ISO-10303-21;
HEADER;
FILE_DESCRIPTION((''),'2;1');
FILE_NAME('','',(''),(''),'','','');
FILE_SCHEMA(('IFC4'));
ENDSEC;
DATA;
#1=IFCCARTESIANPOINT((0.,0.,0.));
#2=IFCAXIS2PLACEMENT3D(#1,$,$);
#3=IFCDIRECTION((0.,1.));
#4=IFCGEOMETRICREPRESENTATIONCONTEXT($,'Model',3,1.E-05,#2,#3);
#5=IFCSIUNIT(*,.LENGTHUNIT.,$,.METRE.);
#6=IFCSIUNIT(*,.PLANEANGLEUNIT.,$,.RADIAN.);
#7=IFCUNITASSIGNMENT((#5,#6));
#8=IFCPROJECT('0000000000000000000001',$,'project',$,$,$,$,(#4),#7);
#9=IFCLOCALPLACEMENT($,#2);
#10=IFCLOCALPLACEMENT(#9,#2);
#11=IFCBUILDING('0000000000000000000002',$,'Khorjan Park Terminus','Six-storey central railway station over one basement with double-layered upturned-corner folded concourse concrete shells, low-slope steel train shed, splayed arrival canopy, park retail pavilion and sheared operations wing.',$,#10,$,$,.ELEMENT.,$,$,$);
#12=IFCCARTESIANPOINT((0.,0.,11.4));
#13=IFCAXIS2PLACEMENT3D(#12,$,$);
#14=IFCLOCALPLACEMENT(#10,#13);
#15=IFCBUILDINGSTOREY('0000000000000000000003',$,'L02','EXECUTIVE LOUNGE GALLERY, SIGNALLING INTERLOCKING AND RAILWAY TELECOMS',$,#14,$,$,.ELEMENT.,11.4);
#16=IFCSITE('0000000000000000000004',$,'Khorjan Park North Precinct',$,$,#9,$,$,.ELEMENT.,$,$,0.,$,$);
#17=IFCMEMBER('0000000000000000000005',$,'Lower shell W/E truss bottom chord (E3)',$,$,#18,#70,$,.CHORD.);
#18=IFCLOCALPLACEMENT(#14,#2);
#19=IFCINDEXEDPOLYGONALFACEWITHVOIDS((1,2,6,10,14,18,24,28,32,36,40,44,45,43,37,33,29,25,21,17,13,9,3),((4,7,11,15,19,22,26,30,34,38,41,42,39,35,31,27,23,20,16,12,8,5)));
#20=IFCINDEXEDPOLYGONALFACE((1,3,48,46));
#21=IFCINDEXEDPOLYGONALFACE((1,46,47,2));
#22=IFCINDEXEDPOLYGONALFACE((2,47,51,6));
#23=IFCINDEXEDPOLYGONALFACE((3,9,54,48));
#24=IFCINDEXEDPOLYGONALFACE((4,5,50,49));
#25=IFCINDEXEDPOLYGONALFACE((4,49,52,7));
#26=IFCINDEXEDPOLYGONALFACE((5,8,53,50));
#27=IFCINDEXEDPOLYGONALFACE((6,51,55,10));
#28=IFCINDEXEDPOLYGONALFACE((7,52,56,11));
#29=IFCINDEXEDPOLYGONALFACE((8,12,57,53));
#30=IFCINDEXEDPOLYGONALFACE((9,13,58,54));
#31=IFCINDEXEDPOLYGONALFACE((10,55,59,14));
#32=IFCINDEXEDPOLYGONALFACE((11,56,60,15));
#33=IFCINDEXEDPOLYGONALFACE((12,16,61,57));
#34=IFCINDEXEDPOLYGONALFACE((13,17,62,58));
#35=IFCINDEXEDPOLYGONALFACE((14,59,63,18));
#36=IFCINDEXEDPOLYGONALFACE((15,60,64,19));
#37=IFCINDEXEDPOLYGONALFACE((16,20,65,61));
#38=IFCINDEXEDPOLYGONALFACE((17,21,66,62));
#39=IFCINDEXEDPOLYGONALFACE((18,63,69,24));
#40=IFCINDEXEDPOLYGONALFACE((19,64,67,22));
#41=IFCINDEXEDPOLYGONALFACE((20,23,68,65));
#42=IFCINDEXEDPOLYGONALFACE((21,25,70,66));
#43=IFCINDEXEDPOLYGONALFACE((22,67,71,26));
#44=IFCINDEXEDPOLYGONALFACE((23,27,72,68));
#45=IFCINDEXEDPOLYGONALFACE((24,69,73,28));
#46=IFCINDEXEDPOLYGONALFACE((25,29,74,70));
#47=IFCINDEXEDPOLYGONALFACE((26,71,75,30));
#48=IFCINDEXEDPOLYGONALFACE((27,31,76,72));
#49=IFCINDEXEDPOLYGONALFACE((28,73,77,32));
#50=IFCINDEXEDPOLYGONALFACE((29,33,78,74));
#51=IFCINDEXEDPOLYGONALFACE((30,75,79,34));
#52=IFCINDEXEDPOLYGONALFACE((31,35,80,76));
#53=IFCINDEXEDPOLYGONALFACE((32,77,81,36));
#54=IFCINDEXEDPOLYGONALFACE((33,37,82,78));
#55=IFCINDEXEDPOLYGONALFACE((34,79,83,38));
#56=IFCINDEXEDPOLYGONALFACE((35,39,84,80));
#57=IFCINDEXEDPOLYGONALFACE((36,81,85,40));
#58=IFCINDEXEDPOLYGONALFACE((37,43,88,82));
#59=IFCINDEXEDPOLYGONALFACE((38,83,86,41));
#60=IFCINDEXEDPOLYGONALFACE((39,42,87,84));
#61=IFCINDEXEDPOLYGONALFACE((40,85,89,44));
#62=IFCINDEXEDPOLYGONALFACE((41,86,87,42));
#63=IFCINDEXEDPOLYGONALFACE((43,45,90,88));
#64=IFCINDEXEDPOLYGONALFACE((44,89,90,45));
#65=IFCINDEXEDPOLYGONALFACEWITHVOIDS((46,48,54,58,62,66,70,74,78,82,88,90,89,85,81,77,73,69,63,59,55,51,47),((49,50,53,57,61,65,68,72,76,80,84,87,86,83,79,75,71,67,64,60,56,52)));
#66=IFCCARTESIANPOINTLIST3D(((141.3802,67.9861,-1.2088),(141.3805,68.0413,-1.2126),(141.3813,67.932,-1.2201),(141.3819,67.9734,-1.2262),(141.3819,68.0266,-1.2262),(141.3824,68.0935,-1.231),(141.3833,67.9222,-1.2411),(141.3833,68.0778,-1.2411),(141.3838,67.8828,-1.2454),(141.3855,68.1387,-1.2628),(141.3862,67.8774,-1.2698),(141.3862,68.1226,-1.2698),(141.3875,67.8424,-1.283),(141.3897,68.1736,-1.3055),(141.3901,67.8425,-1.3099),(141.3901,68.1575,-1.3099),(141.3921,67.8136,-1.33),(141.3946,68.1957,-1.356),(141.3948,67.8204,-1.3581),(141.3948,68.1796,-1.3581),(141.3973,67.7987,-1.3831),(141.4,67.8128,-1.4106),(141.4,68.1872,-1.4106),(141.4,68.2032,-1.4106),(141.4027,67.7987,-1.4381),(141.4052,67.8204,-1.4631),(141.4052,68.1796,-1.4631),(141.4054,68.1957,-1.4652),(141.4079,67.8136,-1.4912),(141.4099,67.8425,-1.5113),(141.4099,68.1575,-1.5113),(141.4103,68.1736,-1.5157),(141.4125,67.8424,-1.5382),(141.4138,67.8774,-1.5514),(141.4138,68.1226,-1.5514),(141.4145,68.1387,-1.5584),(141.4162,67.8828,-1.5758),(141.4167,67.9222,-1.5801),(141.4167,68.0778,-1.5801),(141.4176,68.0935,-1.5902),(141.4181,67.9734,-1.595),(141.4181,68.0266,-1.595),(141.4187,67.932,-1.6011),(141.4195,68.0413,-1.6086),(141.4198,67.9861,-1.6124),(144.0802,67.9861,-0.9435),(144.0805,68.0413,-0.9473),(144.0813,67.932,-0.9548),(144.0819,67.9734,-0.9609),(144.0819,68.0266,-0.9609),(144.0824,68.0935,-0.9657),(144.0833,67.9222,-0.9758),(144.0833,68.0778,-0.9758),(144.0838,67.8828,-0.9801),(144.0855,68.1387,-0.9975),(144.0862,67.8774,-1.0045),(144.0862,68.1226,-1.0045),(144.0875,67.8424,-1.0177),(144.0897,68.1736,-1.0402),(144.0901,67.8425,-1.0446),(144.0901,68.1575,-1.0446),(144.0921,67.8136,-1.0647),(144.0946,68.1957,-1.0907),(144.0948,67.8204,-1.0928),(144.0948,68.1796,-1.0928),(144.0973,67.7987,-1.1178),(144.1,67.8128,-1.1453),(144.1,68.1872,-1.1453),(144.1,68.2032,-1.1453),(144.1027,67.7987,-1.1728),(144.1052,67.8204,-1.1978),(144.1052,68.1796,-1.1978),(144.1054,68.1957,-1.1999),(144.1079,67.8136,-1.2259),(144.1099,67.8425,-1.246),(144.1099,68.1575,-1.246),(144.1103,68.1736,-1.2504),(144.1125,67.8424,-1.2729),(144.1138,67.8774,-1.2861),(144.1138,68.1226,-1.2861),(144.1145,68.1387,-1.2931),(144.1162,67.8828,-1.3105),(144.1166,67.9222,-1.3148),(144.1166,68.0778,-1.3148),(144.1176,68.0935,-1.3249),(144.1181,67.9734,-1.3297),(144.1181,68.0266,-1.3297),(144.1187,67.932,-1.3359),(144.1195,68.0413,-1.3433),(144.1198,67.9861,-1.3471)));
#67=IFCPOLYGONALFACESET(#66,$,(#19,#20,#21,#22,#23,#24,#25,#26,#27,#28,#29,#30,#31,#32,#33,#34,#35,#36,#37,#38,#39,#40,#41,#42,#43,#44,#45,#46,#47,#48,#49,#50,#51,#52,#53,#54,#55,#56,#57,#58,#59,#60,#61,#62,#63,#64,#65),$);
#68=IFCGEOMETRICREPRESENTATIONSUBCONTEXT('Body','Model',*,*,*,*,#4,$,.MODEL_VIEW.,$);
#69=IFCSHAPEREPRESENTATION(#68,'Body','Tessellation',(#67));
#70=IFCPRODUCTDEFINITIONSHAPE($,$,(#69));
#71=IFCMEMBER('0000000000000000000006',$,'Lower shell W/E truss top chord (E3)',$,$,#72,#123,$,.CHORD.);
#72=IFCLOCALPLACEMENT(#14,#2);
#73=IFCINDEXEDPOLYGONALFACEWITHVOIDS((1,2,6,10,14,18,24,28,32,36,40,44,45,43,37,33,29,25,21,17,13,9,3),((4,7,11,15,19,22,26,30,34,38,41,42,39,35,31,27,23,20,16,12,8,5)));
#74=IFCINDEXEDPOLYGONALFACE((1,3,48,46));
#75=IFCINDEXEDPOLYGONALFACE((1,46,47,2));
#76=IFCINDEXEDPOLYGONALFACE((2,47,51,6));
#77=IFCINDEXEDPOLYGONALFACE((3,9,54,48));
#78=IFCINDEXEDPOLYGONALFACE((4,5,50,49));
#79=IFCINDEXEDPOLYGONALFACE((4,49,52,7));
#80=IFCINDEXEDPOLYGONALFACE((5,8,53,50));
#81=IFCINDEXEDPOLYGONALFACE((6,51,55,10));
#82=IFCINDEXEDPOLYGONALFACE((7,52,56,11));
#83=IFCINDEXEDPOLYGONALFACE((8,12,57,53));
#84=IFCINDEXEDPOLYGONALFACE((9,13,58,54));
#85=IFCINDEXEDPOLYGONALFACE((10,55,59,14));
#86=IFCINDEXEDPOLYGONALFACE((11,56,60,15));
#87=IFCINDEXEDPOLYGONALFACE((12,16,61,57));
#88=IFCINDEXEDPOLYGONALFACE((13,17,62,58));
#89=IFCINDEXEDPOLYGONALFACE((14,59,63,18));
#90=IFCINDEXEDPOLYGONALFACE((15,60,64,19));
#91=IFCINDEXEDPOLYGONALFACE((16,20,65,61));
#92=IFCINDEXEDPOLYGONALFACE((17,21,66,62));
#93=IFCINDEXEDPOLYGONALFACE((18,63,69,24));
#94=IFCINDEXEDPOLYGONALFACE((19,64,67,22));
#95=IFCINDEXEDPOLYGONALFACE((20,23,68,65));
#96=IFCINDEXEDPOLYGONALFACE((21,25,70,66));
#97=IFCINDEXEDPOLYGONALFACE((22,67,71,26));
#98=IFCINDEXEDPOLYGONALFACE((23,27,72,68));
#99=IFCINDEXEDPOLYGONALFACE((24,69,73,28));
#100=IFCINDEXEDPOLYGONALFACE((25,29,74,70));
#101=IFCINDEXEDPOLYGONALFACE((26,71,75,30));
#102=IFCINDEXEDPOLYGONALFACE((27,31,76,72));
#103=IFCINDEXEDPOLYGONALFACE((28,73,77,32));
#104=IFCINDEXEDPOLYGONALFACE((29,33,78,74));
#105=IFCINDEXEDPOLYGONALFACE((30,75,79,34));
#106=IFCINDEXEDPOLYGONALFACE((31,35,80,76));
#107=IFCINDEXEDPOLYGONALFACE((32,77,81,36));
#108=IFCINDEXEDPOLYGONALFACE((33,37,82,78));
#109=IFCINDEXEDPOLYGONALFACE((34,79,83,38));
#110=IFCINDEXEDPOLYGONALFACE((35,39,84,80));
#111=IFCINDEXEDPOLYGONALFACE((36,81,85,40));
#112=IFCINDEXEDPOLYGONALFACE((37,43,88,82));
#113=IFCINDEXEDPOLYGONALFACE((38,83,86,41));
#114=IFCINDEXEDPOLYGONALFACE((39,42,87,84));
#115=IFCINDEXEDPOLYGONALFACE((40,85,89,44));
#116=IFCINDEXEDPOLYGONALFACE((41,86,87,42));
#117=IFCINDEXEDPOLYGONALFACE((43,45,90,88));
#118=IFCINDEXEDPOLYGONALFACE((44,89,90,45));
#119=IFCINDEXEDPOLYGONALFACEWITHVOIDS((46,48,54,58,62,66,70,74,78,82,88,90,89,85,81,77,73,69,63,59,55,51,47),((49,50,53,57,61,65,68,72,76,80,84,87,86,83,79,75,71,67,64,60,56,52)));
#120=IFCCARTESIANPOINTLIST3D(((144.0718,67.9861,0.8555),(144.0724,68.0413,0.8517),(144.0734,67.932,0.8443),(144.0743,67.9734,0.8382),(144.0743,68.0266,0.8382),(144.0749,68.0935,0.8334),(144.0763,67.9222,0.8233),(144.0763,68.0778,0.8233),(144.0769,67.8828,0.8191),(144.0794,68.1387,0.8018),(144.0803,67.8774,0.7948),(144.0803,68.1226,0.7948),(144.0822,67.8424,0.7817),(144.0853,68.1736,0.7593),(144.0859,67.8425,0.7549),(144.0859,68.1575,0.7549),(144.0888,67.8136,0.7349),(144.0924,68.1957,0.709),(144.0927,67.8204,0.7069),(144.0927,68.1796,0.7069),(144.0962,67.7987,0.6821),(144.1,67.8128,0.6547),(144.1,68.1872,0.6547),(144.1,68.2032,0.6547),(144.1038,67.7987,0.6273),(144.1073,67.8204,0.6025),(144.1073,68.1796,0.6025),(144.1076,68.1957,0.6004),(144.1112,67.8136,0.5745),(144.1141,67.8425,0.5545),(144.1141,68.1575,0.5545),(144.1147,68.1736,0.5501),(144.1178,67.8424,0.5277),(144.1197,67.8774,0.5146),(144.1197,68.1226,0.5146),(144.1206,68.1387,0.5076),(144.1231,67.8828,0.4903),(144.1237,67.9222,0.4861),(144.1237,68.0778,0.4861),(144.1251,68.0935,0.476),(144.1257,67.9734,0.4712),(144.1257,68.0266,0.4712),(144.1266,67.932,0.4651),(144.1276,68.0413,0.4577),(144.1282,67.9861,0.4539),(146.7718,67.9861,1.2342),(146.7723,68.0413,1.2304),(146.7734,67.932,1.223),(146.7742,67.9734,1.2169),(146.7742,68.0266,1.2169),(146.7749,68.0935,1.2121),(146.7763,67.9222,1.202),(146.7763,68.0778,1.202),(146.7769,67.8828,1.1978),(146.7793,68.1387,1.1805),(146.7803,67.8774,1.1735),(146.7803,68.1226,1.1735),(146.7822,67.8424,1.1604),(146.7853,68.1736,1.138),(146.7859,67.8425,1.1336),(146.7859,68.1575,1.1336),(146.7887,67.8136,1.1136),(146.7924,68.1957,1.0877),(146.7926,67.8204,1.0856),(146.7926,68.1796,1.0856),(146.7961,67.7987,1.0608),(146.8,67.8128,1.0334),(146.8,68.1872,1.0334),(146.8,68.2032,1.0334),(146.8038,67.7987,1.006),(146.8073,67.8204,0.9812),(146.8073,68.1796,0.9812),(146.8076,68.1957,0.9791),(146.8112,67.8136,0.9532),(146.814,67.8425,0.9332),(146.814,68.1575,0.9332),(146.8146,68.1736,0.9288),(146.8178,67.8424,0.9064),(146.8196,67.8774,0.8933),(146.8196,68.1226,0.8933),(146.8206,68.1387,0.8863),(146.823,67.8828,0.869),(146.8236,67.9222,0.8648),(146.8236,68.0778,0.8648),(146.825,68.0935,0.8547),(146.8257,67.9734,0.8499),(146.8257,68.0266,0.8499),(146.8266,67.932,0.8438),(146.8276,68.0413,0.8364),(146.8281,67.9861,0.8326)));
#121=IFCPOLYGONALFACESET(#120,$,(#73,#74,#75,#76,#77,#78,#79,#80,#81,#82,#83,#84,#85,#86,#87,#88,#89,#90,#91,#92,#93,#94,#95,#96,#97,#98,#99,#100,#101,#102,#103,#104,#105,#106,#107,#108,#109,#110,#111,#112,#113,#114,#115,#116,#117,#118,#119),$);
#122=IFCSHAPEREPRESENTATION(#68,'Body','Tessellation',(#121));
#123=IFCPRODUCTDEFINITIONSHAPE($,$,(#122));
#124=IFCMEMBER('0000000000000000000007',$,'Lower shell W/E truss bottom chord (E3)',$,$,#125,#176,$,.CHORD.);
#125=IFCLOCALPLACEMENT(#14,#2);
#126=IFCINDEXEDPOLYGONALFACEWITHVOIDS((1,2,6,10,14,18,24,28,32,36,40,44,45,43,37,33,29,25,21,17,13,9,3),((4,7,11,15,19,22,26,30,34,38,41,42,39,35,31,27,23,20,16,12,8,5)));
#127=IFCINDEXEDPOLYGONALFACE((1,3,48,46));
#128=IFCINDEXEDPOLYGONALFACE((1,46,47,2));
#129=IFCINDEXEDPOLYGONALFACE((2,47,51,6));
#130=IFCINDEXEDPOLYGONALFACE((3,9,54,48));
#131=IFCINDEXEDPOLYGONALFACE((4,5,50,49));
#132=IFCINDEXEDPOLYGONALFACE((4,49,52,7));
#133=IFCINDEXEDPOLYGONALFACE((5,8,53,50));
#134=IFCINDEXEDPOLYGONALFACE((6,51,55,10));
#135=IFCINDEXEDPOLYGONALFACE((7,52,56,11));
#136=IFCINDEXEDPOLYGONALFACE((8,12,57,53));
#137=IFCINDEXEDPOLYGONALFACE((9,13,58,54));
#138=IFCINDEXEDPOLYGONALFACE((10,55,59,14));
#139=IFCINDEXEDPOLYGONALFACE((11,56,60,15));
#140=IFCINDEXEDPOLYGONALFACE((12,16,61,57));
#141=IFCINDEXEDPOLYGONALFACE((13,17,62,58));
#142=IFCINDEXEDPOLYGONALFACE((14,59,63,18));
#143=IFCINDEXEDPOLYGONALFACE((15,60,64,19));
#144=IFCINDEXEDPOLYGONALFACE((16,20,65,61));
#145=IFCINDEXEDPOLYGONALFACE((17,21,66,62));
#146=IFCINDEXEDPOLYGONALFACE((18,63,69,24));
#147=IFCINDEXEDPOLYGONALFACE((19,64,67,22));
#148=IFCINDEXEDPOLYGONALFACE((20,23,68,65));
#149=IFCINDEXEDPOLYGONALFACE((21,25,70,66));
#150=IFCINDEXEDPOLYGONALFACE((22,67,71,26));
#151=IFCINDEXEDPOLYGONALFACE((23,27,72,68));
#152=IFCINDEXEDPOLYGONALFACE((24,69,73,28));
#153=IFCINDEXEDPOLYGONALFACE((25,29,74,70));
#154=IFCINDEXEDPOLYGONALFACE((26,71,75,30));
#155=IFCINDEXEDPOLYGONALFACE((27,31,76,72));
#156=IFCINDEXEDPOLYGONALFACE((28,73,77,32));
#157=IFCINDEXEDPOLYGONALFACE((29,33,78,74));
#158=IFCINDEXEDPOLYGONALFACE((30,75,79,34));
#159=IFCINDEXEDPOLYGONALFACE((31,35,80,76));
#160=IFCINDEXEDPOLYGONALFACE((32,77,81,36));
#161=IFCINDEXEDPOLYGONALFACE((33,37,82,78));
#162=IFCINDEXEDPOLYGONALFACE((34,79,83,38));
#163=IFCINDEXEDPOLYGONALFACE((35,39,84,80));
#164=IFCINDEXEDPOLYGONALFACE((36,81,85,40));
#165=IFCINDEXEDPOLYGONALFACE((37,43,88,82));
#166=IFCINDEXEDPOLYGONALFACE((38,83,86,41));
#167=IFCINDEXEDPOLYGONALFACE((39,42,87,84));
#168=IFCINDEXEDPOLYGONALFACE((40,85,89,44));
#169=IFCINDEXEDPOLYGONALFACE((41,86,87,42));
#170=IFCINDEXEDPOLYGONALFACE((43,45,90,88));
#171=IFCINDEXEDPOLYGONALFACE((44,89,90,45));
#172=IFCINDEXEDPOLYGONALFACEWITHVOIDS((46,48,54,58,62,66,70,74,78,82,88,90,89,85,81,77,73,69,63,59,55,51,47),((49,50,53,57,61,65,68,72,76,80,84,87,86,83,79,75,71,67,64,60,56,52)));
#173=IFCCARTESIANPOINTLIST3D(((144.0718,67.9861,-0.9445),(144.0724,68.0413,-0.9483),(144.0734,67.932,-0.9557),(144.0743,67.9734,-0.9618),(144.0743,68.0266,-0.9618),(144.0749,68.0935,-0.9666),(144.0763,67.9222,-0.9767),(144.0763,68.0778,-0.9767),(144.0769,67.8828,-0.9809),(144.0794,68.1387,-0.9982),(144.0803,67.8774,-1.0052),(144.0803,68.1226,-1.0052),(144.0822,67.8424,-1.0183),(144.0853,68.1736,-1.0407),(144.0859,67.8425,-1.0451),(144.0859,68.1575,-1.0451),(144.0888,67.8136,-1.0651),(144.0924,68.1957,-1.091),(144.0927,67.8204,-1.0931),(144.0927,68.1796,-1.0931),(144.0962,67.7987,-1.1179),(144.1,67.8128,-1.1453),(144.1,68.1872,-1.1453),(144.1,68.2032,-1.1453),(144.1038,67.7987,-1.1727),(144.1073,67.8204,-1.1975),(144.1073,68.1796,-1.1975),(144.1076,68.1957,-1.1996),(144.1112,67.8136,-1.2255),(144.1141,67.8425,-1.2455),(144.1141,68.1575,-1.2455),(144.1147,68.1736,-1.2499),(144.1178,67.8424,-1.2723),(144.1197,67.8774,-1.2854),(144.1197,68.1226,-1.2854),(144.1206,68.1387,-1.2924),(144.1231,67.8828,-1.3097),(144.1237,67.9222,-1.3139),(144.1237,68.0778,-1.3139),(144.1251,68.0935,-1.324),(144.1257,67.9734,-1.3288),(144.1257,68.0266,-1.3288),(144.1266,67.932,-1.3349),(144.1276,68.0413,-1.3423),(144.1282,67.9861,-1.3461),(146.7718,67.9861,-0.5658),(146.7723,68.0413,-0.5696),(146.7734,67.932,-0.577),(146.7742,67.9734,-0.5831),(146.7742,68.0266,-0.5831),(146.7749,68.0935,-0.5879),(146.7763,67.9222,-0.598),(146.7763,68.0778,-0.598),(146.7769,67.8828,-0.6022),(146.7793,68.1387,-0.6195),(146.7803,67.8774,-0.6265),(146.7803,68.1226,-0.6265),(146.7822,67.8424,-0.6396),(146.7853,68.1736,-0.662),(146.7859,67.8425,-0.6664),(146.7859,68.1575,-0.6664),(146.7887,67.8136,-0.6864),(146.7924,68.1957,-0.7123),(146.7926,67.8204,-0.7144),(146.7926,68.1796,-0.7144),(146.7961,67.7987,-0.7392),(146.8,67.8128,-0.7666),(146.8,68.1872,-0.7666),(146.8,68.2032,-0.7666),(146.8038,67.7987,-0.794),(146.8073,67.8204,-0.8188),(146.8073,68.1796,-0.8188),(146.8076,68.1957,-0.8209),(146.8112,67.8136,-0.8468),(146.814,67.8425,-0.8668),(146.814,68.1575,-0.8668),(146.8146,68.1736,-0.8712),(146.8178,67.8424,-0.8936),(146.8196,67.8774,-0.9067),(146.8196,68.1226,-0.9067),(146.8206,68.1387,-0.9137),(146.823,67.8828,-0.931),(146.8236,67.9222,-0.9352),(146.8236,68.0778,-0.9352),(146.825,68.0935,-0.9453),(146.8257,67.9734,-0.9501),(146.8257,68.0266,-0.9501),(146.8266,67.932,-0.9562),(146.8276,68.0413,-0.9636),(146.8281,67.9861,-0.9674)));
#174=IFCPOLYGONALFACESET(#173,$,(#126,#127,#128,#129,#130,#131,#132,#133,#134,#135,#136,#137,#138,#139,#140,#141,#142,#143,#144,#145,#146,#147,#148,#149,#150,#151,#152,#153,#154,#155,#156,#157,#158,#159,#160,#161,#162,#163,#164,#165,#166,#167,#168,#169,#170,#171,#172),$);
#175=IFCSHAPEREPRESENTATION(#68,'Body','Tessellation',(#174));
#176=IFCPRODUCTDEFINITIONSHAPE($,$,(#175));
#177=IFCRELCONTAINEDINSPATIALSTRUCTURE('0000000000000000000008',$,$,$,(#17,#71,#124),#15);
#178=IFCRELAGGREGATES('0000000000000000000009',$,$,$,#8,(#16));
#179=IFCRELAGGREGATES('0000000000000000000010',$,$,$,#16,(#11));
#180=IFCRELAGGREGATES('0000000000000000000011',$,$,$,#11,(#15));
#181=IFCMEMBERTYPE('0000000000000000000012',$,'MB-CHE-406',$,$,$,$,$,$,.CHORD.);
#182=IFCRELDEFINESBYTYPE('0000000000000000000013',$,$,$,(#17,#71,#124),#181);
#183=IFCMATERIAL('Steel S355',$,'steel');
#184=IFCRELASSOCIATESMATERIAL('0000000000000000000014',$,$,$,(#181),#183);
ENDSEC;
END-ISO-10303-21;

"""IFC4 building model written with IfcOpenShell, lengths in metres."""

from ifc_helpers import new_model, si_unit, direction, frame, origin, origin_2d, place, context, subcontext, project, spatial, hollow_circle, extrude, material, material_profile, profile_set, type_object, element, save


model = new_model("IFC4")

# Units and contexts
model_context = context("Model", 3, precision=1e-05, world=origin(), true_north=direction((0.0, 1.0)))
body_context = subcontext(model_context, "Body", "Model", "MODEL_VIEW")
ifc_project = project(units=[si_unit("LENGTHUNIT", "METRE"), si_unit("PLANEANGLEUNIT", "RADIAN")], contexts=[model_context])

# Site, building, storey
site_placement = place(None, origin())
site = spatial("IfcSite", under=ifc_project, at=site_placement, Name="Khorjan Park North Precinct", CompositionType="ELEMENT", RefElevation=0.0)
building_placement = place(site_placement, origin())
building = spatial("IfcBuilding", under=site, at=building_placement, Name="Khorjan Park Terminus", Description="Six-storey central railway station over one basement with double-layered upturned-corner folded concourse concrete shells, low-slope steel train shed, splayed arrival canopy, park retail pavilion and sheared operations wing.", CompositionType="ELEMENT")
storey_placement = place(building_placement, frame((0.0, 0.0, 11.4)))
storey = spatial("IfcBuildingStorey", under=building, at=storey_placement, Name="L02", Description="EXECUTIVE LOUNGE GALLERY, SIGNALLING INTERLOCKING AND RAILWAY TELECOMS", CompositionType="ELEMENT", Elevation=11.4)

# Members
ifc_material_1 = material(Name="Steel S355", Category="steel")
ifc_material_profile_1 = material_profile(ifc_material_1, hollow_circle(Radius=0.2032, WallThickness=0.016, at=origin_2d()), Name="CHS 406.4x16")
ifc_profile_set_1 = profile_set([ifc_material_profile_1], Name="Steel S355")
member_type_1 = type_object("IfcMemberType", Name="MB-CHE-406", PredefinedType="CHORD", material=ifc_profile_set_1)
for number, where, z_axis, x_axis, name in (
    (1, (141.4, 68.0, -1.4106), (0.995207, 0.0, 0.097788), (0.0, 1.0, 0.0), "Lower shell W/E truss bottom chord (E3)"),
):
    element("IfcMember", number, at=place(storey_placement, frame(where, z_axis=z_axis, x_axis=x_axis)), inside=storey, type_object=member_type_1, Name=name, PredefinedType="CHORD", context=body_context, shape_type="SweptSolid", body=[
        extrude(hollow_circle(Radius=0.2032, WallThickness=0.016, at=origin_2d()), origin(), (0.0, 0.0, 1.0), 2.713),
    ])
for number, where, z_axis, x_axis, name in (
    (2, (144.1, 68.0, 0.6547), (0.990306, 0.0, 0.1389), (0.0, 1.0, 0.0), "Lower shell W/E truss top chord (E3)"),
    (3, (144.1, 68.0, -1.1453), (0.990306, 0.0, 0.1389), (0.0, 1.0, 0.0), "Lower shell W/E truss bottom chord (E3)"),
):
    element("IfcMember", number, at=place(storey_placement, frame(where, z_axis=z_axis, x_axis=x_axis)), inside=storey, type_object=member_type_1, Name=name, PredefinedType="CHORD", context=body_context, shape_type="SweptSolid", body=[
        extrude(hollow_circle(Radius=0.2032, WallThickness=0.016, at=origin_2d()), origin(), (0.0, 0.0, 1.0), 2.7264),
    ])

save(model, "model.ifc")
